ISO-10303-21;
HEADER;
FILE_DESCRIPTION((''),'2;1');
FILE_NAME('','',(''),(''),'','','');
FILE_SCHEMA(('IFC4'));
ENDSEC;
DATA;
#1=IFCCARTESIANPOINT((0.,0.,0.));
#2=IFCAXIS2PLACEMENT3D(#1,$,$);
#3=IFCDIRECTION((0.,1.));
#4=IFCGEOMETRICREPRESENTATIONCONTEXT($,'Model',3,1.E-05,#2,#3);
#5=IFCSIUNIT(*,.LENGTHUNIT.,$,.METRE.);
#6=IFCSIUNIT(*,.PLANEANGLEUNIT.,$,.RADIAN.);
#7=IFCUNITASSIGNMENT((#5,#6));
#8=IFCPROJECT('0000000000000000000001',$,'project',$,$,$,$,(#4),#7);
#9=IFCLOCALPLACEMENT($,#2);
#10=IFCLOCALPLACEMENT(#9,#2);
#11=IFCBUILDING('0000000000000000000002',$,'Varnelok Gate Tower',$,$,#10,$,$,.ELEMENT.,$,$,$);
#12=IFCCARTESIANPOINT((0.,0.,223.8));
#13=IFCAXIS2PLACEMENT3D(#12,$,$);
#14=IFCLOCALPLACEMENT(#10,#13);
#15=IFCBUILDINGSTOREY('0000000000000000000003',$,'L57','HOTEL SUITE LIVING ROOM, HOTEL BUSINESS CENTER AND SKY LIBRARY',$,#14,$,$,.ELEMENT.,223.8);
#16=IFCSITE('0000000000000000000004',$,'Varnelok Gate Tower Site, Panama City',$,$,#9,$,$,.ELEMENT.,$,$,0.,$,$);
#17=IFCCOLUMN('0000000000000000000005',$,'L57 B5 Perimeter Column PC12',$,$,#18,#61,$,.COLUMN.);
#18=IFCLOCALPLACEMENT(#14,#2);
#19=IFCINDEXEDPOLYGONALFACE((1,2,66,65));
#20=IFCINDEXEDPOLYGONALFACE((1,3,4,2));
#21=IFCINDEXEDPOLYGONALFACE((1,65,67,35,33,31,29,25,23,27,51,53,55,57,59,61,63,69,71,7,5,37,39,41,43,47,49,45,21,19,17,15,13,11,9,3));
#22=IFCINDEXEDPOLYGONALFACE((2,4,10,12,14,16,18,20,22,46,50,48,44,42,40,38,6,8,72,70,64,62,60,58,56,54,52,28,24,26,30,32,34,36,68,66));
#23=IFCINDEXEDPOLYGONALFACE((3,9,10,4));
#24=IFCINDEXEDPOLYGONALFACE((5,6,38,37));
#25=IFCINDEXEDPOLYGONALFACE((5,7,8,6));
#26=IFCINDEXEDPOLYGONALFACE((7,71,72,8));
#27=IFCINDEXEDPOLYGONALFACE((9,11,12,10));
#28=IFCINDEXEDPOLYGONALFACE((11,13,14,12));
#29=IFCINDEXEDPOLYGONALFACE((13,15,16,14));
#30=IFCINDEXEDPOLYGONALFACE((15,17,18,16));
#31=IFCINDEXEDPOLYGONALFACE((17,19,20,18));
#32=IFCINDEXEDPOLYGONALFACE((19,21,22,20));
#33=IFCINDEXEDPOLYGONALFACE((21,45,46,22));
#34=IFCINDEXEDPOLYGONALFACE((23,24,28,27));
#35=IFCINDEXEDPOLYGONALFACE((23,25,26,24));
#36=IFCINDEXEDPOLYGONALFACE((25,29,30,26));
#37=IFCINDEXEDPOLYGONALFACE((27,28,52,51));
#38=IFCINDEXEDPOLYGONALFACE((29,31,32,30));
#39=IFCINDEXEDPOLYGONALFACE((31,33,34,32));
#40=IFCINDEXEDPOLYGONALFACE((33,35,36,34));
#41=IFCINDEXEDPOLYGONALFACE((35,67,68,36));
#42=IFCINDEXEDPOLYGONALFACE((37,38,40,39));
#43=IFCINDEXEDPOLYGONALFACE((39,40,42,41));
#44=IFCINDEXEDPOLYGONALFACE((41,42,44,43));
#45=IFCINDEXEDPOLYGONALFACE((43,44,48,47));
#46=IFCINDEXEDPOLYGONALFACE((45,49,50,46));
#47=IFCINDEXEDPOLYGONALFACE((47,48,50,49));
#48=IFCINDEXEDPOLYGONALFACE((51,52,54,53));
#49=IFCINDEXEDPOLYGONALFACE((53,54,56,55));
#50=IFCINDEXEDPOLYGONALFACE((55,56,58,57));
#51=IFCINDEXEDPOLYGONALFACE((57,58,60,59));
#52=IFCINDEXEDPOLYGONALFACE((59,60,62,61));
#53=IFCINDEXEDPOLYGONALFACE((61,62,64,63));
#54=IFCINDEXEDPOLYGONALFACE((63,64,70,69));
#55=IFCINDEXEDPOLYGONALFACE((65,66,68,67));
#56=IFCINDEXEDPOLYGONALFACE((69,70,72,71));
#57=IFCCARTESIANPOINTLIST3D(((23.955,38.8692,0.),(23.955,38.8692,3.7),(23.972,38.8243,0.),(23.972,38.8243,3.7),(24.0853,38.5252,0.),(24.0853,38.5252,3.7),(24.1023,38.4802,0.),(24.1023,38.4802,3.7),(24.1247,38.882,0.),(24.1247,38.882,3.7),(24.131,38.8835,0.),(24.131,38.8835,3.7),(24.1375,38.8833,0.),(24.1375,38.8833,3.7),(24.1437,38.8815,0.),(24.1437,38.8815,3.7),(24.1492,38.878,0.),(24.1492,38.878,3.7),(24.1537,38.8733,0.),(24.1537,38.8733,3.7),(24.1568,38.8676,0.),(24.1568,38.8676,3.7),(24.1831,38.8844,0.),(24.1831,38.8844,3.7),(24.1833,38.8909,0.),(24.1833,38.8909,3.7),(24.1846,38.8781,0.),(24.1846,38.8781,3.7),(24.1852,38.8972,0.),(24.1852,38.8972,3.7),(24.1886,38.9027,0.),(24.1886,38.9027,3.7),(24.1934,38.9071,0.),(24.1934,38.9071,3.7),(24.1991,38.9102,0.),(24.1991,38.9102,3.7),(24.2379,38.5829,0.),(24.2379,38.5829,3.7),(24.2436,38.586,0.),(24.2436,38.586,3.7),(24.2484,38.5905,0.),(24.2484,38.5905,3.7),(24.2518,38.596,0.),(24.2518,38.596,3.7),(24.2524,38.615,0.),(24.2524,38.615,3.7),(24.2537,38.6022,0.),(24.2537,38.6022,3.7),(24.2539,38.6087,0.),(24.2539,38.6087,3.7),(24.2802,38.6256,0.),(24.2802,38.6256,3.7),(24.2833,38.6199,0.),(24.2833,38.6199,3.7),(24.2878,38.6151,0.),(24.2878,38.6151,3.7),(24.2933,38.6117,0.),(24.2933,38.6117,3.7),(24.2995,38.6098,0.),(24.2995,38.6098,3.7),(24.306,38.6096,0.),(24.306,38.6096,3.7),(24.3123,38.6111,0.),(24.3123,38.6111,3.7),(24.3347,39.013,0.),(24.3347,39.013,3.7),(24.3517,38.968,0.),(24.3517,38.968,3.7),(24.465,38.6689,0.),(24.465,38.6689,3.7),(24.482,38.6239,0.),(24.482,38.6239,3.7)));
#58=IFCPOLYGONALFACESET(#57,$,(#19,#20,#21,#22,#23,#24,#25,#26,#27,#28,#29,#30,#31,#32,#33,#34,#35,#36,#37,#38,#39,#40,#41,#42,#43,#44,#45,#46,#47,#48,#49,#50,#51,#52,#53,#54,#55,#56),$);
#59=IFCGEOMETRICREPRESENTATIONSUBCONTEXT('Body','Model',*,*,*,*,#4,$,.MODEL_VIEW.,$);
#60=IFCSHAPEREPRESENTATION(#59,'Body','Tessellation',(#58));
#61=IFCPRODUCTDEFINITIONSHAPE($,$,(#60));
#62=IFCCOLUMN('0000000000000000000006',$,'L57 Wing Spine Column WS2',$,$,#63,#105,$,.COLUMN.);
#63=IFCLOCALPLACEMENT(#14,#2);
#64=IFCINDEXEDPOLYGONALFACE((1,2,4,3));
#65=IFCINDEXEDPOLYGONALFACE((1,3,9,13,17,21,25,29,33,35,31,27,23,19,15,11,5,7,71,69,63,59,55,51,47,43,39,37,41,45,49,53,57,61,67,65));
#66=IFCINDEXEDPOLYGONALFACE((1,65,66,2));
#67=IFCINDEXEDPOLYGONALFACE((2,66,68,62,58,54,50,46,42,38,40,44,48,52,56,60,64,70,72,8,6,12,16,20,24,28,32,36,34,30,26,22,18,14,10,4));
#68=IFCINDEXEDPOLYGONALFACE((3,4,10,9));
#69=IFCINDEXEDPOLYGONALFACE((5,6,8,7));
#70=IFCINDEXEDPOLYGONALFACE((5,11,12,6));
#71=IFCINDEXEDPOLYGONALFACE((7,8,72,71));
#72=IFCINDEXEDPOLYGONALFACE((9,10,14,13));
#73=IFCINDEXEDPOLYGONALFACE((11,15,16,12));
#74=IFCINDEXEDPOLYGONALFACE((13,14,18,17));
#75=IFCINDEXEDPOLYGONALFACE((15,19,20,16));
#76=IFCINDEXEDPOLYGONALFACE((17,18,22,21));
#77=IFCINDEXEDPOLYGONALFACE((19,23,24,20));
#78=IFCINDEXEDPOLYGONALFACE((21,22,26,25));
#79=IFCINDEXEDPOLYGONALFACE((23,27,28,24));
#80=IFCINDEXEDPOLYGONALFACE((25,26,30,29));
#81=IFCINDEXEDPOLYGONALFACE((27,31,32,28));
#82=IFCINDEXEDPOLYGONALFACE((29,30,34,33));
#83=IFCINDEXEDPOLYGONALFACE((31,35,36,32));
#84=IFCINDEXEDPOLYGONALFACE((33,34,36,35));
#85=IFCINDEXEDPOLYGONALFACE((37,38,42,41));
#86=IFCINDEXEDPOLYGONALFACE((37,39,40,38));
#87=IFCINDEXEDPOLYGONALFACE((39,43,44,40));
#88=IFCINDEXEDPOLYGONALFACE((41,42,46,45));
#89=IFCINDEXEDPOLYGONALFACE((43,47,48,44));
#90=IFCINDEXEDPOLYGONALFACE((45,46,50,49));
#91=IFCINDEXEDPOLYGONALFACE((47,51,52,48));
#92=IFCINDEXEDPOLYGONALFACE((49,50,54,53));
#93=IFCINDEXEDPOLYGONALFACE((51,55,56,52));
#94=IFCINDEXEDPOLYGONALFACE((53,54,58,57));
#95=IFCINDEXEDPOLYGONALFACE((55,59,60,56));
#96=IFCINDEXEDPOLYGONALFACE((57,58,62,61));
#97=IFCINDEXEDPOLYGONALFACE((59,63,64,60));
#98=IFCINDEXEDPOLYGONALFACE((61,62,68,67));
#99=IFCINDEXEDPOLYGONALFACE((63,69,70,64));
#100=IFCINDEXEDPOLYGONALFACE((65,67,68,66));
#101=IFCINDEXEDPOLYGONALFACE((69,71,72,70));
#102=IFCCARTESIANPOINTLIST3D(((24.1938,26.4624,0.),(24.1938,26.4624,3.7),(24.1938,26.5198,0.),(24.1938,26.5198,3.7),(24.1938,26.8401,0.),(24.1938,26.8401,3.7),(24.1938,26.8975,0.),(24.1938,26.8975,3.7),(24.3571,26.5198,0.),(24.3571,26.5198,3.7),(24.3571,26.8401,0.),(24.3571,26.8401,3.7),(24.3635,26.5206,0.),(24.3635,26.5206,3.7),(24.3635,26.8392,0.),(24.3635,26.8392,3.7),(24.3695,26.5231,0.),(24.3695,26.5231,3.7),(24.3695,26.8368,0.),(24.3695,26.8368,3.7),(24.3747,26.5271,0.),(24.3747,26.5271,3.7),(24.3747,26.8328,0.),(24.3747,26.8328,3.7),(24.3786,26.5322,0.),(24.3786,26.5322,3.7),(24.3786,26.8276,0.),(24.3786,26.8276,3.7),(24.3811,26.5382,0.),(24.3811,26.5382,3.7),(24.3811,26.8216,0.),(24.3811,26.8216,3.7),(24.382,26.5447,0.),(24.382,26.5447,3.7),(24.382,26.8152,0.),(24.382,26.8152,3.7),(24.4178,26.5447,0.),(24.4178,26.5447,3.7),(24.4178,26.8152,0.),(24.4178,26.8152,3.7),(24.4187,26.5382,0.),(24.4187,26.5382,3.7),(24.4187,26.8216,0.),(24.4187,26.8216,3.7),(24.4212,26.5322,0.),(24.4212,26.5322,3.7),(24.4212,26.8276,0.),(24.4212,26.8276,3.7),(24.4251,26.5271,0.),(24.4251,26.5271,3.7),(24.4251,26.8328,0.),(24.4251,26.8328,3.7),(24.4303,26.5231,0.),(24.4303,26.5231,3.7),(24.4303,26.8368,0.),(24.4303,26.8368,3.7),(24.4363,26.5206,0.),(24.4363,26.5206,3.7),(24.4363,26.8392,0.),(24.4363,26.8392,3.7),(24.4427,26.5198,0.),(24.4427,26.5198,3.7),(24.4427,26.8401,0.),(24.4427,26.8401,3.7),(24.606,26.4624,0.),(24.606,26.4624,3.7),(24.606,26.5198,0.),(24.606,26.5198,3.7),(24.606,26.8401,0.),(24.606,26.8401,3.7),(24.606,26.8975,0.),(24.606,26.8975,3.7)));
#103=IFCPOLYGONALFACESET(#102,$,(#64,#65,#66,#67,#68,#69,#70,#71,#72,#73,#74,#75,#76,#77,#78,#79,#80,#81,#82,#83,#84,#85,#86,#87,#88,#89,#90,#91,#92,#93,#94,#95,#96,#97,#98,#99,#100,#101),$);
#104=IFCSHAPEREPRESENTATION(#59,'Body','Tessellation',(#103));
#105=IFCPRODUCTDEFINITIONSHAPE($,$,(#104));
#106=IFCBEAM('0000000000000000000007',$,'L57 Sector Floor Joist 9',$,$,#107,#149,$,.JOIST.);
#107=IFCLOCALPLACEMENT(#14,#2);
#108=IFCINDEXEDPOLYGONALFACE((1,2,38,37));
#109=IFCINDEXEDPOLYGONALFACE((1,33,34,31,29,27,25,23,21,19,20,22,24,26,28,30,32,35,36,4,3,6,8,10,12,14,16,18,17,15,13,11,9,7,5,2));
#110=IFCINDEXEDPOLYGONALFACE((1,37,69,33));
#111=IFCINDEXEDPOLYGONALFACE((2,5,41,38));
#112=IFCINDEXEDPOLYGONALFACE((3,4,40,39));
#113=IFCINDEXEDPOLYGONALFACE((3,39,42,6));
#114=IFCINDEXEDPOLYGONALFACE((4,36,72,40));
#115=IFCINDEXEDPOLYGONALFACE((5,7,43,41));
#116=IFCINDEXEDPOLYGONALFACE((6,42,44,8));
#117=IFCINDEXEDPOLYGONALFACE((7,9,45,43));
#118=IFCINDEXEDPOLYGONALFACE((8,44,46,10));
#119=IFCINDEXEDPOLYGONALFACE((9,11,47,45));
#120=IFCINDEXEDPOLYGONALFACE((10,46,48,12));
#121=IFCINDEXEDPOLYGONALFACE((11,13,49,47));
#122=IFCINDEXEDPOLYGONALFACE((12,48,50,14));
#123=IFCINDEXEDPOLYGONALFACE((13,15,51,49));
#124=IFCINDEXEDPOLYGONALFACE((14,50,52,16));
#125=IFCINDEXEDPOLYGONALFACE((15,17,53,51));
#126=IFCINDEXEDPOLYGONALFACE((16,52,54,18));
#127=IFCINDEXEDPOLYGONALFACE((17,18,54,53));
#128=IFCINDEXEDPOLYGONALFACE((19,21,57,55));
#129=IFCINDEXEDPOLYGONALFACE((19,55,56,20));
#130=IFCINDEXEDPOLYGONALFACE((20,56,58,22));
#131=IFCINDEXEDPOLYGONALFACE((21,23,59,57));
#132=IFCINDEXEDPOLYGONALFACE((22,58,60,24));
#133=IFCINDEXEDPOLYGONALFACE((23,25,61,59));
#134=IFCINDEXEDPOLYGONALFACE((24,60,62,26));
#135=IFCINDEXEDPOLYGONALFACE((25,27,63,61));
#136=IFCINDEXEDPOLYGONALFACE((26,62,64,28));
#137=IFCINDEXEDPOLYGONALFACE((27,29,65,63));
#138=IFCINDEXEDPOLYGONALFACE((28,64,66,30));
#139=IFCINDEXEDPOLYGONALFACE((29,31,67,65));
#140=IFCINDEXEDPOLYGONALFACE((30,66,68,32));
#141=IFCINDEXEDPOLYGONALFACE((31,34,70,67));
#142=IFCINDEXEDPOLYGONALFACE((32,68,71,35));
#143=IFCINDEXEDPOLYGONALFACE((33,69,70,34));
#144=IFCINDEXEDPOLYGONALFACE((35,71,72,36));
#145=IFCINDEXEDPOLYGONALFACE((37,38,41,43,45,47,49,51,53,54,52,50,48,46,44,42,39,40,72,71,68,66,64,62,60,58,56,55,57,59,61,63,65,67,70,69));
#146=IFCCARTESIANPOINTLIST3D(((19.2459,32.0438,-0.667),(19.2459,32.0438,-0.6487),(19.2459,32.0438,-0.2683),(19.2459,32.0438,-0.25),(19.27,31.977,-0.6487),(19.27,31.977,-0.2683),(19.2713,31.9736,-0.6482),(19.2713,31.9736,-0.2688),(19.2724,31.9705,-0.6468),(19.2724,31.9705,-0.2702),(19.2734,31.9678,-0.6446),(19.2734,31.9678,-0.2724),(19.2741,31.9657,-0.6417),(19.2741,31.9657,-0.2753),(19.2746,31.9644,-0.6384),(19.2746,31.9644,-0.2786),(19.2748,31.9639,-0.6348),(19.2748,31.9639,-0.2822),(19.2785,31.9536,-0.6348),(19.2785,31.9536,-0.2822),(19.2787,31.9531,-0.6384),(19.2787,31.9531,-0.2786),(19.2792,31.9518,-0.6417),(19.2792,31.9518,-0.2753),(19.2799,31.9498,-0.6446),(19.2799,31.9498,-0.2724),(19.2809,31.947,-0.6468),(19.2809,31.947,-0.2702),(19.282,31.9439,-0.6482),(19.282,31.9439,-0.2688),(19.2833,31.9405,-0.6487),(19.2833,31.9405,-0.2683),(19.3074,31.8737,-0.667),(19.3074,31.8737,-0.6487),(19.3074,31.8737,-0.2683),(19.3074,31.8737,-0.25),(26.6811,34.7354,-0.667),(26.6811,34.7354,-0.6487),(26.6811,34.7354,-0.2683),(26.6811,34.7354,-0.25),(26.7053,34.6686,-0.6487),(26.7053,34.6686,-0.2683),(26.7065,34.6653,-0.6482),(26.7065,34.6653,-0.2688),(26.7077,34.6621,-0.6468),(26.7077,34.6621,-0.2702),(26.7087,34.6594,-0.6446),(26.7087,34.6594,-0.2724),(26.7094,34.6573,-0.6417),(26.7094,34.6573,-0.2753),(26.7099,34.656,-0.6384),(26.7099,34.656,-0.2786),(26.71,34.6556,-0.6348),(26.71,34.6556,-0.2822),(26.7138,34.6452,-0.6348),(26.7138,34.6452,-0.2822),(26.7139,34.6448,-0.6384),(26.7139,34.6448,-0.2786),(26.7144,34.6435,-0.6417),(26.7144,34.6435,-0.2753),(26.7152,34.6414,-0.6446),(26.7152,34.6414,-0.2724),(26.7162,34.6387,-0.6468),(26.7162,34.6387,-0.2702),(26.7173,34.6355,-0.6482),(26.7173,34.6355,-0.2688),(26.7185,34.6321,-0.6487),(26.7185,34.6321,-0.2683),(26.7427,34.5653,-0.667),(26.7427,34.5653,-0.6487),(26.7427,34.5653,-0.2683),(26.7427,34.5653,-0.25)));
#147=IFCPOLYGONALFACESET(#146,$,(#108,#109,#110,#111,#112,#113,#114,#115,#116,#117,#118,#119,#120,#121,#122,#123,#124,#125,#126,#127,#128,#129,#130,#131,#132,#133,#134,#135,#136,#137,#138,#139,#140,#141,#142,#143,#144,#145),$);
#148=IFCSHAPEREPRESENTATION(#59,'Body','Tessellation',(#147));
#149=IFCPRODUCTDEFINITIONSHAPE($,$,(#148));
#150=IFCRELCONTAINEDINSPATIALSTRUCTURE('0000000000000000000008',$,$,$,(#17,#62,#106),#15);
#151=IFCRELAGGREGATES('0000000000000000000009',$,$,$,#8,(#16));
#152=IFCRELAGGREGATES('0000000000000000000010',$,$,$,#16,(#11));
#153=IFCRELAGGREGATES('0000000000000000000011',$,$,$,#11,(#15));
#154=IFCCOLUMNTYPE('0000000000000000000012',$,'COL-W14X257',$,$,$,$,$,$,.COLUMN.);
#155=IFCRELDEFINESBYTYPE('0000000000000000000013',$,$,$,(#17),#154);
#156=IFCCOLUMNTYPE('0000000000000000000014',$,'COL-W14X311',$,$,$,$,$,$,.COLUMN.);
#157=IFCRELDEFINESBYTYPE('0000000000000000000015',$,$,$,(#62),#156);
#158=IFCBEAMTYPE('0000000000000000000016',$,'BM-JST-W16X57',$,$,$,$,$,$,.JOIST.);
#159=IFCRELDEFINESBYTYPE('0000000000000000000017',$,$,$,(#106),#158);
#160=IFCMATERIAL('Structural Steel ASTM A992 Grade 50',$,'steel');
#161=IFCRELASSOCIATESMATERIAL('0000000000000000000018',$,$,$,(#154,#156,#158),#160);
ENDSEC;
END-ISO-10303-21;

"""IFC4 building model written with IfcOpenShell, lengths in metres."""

from ifc_helpers import new_model, si_unit, direction, frame, origin, origin_2d, place, context, subcontext, project, spatial, i_section, extrude, material, material_profile, profile_set, type_object, element, save


model = new_model("IFC4")

# Units and contexts
model_context = context("Model", 3, precision=1e-05, world=origin(), true_north=direction((0.0, 1.0)))
body_context = subcontext(model_context, "Body", "Model", "MODEL_VIEW")
ifc_project = project(units=[si_unit("LENGTHUNIT", "METRE"), si_unit("PLANEANGLEUNIT", "RADIAN")], contexts=[model_context])

# Site, building, storey
site_placement = place(None, origin())
site = spatial("IfcSite", under=ifc_project, at=site_placement, Name="Varnelok Gate Tower Site, Panama City", CompositionType="ELEMENT", RefElevation=0.0)
building_placement = place(site_placement, origin())
building = spatial("IfcBuilding", under=site, at=building_placement, Name="Varnelok Gate Tower", CompositionType="ELEMENT")
storey_placement = place(building_placement, frame((0.0, 0.0, 223.8)))
storey = spatial("IfcBuildingStorey", under=building, at=storey_placement, Name="L57", Description="HOTEL SUITE LIVING ROOM, HOTEL BUSINESS CENTER AND SKY LIBRARY", CompositionType="ELEMENT", Elevation=223.8)

# Columns
ifc_material_1 = material(Name="Structural Steel ASTM A992 Grade 50", Category="steel")
ifc_material_profile_1 = material_profile(ifc_material_1, i_section(OverallWidth=0.406, OverallDepth=0.416, WebThickness=0.0298, FlangeThickness=0.0481, FilletRadius=0.0249, at=origin_2d()), Name="W14X257")
ifc_profile_set_1 = profile_set([ifc_material_profile_1], Name="Structural Steel ASTM A992 Grade 50")
column_type_1 = type_object("IfcColumnType", Name="COL-W14X257", PredefinedType="COLUMN", material=ifc_profile_set_1)
column_1_placement = place(storey_placement, frame((24.2185, 38.7466, 0.0), z_axis=(0.0, 0.0, 1.0), x_axis=(0.935222, 0.354063, 0.0)))
element("IfcColumn", 1, at=column_1_placement, inside=storey, type_object=column_type_1, Name="L57 B5 Perimeter Column PC12", PredefinedType="COLUMN", context=body_context, shape_type="SweptSolid", body=[
    extrude(i_section(OverallWidth=0.406, OverallDepth=0.416, WebThickness=0.0298, FlangeThickness=0.0481, FilletRadius=0.0249, at=origin_2d()), origin(), (0.0, 0.0, 1.0), 3.7),
])
ifc_material_profile_2 = material_profile(ifc_material_1, i_section(OverallWidth=0.4121, OverallDepth=0.4351, WebThickness=0.0359, FlangeThickness=0.0574, FilletRadius=0.0249, at=origin_2d()), Name="W14X311")
ifc_profile_set_2 = profile_set([ifc_material_profile_2], Name="Structural Steel ASTM A992 Grade 50")
column_type_2 = type_object("IfcColumnType", Name="COL-W14X311", PredefinedType="COLUMN", material=ifc_profile_set_2)
column_2_placement = place(storey_placement, frame((24.3999, 26.6799, 0.0), z_axis=(0.0, 0.0, 1.0), x_axis=(1.0, 0.0, 0.0)))
element("IfcColumn", 2, at=column_2_placement, inside=storey, type_object=column_type_2, Name="L57 Wing Spine Column WS2", PredefinedType="COLUMN", context=body_context, shape_type="SweptSolid", body=[
    extrude(i_section(OverallWidth=0.4121, OverallDepth=0.4351, WebThickness=0.0359, FlangeThickness=0.0574, FilletRadius=0.0249, at=origin_2d()), origin(), (0.0, 0.0, 1.0), 3.7),
])

# Beam
ifc_material_profile_3 = material_profile(ifc_material_1, i_section(OverallWidth=0.1809, OverallDepth=0.417, WebThickness=0.011, FlangeThickness=0.0183, FilletRadius=0.0139, at=origin_2d()), Name="W16X57")
ifc_profile_set_3 = profile_set([ifc_material_profile_3], Name="Structural Steel ASTM A992 Grade 50")
beam_type_1 = type_object("IfcBeamType", Name="BM-JST-W16X57", PredefinedType="JOIST", material=ifc_profile_set_3)
beam_1_placement = place(storey_placement, frame((26.7119, 34.6504, -0.4585), z_axis=(-0.940284, -0.340392, 0.0), x_axis=(0.340392, -0.940284, 0.0)))
element("IfcBeam", 3, at=beam_1_placement, inside=storey, type_object=beam_type_1, Name="L57 Sector Floor Joist 9", PredefinedType="JOIST", context=body_context, shape_type="SweptSolid", body=[
    extrude(i_section(OverallWidth=0.1809, OverallDepth=0.417, WebThickness=0.011, FlangeThickness=0.0183, FilletRadius=0.0139, at=origin_2d()), origin(), (0.0, 0.0, 1.0), 7.9075),
])

save(model, "model.ifc")
